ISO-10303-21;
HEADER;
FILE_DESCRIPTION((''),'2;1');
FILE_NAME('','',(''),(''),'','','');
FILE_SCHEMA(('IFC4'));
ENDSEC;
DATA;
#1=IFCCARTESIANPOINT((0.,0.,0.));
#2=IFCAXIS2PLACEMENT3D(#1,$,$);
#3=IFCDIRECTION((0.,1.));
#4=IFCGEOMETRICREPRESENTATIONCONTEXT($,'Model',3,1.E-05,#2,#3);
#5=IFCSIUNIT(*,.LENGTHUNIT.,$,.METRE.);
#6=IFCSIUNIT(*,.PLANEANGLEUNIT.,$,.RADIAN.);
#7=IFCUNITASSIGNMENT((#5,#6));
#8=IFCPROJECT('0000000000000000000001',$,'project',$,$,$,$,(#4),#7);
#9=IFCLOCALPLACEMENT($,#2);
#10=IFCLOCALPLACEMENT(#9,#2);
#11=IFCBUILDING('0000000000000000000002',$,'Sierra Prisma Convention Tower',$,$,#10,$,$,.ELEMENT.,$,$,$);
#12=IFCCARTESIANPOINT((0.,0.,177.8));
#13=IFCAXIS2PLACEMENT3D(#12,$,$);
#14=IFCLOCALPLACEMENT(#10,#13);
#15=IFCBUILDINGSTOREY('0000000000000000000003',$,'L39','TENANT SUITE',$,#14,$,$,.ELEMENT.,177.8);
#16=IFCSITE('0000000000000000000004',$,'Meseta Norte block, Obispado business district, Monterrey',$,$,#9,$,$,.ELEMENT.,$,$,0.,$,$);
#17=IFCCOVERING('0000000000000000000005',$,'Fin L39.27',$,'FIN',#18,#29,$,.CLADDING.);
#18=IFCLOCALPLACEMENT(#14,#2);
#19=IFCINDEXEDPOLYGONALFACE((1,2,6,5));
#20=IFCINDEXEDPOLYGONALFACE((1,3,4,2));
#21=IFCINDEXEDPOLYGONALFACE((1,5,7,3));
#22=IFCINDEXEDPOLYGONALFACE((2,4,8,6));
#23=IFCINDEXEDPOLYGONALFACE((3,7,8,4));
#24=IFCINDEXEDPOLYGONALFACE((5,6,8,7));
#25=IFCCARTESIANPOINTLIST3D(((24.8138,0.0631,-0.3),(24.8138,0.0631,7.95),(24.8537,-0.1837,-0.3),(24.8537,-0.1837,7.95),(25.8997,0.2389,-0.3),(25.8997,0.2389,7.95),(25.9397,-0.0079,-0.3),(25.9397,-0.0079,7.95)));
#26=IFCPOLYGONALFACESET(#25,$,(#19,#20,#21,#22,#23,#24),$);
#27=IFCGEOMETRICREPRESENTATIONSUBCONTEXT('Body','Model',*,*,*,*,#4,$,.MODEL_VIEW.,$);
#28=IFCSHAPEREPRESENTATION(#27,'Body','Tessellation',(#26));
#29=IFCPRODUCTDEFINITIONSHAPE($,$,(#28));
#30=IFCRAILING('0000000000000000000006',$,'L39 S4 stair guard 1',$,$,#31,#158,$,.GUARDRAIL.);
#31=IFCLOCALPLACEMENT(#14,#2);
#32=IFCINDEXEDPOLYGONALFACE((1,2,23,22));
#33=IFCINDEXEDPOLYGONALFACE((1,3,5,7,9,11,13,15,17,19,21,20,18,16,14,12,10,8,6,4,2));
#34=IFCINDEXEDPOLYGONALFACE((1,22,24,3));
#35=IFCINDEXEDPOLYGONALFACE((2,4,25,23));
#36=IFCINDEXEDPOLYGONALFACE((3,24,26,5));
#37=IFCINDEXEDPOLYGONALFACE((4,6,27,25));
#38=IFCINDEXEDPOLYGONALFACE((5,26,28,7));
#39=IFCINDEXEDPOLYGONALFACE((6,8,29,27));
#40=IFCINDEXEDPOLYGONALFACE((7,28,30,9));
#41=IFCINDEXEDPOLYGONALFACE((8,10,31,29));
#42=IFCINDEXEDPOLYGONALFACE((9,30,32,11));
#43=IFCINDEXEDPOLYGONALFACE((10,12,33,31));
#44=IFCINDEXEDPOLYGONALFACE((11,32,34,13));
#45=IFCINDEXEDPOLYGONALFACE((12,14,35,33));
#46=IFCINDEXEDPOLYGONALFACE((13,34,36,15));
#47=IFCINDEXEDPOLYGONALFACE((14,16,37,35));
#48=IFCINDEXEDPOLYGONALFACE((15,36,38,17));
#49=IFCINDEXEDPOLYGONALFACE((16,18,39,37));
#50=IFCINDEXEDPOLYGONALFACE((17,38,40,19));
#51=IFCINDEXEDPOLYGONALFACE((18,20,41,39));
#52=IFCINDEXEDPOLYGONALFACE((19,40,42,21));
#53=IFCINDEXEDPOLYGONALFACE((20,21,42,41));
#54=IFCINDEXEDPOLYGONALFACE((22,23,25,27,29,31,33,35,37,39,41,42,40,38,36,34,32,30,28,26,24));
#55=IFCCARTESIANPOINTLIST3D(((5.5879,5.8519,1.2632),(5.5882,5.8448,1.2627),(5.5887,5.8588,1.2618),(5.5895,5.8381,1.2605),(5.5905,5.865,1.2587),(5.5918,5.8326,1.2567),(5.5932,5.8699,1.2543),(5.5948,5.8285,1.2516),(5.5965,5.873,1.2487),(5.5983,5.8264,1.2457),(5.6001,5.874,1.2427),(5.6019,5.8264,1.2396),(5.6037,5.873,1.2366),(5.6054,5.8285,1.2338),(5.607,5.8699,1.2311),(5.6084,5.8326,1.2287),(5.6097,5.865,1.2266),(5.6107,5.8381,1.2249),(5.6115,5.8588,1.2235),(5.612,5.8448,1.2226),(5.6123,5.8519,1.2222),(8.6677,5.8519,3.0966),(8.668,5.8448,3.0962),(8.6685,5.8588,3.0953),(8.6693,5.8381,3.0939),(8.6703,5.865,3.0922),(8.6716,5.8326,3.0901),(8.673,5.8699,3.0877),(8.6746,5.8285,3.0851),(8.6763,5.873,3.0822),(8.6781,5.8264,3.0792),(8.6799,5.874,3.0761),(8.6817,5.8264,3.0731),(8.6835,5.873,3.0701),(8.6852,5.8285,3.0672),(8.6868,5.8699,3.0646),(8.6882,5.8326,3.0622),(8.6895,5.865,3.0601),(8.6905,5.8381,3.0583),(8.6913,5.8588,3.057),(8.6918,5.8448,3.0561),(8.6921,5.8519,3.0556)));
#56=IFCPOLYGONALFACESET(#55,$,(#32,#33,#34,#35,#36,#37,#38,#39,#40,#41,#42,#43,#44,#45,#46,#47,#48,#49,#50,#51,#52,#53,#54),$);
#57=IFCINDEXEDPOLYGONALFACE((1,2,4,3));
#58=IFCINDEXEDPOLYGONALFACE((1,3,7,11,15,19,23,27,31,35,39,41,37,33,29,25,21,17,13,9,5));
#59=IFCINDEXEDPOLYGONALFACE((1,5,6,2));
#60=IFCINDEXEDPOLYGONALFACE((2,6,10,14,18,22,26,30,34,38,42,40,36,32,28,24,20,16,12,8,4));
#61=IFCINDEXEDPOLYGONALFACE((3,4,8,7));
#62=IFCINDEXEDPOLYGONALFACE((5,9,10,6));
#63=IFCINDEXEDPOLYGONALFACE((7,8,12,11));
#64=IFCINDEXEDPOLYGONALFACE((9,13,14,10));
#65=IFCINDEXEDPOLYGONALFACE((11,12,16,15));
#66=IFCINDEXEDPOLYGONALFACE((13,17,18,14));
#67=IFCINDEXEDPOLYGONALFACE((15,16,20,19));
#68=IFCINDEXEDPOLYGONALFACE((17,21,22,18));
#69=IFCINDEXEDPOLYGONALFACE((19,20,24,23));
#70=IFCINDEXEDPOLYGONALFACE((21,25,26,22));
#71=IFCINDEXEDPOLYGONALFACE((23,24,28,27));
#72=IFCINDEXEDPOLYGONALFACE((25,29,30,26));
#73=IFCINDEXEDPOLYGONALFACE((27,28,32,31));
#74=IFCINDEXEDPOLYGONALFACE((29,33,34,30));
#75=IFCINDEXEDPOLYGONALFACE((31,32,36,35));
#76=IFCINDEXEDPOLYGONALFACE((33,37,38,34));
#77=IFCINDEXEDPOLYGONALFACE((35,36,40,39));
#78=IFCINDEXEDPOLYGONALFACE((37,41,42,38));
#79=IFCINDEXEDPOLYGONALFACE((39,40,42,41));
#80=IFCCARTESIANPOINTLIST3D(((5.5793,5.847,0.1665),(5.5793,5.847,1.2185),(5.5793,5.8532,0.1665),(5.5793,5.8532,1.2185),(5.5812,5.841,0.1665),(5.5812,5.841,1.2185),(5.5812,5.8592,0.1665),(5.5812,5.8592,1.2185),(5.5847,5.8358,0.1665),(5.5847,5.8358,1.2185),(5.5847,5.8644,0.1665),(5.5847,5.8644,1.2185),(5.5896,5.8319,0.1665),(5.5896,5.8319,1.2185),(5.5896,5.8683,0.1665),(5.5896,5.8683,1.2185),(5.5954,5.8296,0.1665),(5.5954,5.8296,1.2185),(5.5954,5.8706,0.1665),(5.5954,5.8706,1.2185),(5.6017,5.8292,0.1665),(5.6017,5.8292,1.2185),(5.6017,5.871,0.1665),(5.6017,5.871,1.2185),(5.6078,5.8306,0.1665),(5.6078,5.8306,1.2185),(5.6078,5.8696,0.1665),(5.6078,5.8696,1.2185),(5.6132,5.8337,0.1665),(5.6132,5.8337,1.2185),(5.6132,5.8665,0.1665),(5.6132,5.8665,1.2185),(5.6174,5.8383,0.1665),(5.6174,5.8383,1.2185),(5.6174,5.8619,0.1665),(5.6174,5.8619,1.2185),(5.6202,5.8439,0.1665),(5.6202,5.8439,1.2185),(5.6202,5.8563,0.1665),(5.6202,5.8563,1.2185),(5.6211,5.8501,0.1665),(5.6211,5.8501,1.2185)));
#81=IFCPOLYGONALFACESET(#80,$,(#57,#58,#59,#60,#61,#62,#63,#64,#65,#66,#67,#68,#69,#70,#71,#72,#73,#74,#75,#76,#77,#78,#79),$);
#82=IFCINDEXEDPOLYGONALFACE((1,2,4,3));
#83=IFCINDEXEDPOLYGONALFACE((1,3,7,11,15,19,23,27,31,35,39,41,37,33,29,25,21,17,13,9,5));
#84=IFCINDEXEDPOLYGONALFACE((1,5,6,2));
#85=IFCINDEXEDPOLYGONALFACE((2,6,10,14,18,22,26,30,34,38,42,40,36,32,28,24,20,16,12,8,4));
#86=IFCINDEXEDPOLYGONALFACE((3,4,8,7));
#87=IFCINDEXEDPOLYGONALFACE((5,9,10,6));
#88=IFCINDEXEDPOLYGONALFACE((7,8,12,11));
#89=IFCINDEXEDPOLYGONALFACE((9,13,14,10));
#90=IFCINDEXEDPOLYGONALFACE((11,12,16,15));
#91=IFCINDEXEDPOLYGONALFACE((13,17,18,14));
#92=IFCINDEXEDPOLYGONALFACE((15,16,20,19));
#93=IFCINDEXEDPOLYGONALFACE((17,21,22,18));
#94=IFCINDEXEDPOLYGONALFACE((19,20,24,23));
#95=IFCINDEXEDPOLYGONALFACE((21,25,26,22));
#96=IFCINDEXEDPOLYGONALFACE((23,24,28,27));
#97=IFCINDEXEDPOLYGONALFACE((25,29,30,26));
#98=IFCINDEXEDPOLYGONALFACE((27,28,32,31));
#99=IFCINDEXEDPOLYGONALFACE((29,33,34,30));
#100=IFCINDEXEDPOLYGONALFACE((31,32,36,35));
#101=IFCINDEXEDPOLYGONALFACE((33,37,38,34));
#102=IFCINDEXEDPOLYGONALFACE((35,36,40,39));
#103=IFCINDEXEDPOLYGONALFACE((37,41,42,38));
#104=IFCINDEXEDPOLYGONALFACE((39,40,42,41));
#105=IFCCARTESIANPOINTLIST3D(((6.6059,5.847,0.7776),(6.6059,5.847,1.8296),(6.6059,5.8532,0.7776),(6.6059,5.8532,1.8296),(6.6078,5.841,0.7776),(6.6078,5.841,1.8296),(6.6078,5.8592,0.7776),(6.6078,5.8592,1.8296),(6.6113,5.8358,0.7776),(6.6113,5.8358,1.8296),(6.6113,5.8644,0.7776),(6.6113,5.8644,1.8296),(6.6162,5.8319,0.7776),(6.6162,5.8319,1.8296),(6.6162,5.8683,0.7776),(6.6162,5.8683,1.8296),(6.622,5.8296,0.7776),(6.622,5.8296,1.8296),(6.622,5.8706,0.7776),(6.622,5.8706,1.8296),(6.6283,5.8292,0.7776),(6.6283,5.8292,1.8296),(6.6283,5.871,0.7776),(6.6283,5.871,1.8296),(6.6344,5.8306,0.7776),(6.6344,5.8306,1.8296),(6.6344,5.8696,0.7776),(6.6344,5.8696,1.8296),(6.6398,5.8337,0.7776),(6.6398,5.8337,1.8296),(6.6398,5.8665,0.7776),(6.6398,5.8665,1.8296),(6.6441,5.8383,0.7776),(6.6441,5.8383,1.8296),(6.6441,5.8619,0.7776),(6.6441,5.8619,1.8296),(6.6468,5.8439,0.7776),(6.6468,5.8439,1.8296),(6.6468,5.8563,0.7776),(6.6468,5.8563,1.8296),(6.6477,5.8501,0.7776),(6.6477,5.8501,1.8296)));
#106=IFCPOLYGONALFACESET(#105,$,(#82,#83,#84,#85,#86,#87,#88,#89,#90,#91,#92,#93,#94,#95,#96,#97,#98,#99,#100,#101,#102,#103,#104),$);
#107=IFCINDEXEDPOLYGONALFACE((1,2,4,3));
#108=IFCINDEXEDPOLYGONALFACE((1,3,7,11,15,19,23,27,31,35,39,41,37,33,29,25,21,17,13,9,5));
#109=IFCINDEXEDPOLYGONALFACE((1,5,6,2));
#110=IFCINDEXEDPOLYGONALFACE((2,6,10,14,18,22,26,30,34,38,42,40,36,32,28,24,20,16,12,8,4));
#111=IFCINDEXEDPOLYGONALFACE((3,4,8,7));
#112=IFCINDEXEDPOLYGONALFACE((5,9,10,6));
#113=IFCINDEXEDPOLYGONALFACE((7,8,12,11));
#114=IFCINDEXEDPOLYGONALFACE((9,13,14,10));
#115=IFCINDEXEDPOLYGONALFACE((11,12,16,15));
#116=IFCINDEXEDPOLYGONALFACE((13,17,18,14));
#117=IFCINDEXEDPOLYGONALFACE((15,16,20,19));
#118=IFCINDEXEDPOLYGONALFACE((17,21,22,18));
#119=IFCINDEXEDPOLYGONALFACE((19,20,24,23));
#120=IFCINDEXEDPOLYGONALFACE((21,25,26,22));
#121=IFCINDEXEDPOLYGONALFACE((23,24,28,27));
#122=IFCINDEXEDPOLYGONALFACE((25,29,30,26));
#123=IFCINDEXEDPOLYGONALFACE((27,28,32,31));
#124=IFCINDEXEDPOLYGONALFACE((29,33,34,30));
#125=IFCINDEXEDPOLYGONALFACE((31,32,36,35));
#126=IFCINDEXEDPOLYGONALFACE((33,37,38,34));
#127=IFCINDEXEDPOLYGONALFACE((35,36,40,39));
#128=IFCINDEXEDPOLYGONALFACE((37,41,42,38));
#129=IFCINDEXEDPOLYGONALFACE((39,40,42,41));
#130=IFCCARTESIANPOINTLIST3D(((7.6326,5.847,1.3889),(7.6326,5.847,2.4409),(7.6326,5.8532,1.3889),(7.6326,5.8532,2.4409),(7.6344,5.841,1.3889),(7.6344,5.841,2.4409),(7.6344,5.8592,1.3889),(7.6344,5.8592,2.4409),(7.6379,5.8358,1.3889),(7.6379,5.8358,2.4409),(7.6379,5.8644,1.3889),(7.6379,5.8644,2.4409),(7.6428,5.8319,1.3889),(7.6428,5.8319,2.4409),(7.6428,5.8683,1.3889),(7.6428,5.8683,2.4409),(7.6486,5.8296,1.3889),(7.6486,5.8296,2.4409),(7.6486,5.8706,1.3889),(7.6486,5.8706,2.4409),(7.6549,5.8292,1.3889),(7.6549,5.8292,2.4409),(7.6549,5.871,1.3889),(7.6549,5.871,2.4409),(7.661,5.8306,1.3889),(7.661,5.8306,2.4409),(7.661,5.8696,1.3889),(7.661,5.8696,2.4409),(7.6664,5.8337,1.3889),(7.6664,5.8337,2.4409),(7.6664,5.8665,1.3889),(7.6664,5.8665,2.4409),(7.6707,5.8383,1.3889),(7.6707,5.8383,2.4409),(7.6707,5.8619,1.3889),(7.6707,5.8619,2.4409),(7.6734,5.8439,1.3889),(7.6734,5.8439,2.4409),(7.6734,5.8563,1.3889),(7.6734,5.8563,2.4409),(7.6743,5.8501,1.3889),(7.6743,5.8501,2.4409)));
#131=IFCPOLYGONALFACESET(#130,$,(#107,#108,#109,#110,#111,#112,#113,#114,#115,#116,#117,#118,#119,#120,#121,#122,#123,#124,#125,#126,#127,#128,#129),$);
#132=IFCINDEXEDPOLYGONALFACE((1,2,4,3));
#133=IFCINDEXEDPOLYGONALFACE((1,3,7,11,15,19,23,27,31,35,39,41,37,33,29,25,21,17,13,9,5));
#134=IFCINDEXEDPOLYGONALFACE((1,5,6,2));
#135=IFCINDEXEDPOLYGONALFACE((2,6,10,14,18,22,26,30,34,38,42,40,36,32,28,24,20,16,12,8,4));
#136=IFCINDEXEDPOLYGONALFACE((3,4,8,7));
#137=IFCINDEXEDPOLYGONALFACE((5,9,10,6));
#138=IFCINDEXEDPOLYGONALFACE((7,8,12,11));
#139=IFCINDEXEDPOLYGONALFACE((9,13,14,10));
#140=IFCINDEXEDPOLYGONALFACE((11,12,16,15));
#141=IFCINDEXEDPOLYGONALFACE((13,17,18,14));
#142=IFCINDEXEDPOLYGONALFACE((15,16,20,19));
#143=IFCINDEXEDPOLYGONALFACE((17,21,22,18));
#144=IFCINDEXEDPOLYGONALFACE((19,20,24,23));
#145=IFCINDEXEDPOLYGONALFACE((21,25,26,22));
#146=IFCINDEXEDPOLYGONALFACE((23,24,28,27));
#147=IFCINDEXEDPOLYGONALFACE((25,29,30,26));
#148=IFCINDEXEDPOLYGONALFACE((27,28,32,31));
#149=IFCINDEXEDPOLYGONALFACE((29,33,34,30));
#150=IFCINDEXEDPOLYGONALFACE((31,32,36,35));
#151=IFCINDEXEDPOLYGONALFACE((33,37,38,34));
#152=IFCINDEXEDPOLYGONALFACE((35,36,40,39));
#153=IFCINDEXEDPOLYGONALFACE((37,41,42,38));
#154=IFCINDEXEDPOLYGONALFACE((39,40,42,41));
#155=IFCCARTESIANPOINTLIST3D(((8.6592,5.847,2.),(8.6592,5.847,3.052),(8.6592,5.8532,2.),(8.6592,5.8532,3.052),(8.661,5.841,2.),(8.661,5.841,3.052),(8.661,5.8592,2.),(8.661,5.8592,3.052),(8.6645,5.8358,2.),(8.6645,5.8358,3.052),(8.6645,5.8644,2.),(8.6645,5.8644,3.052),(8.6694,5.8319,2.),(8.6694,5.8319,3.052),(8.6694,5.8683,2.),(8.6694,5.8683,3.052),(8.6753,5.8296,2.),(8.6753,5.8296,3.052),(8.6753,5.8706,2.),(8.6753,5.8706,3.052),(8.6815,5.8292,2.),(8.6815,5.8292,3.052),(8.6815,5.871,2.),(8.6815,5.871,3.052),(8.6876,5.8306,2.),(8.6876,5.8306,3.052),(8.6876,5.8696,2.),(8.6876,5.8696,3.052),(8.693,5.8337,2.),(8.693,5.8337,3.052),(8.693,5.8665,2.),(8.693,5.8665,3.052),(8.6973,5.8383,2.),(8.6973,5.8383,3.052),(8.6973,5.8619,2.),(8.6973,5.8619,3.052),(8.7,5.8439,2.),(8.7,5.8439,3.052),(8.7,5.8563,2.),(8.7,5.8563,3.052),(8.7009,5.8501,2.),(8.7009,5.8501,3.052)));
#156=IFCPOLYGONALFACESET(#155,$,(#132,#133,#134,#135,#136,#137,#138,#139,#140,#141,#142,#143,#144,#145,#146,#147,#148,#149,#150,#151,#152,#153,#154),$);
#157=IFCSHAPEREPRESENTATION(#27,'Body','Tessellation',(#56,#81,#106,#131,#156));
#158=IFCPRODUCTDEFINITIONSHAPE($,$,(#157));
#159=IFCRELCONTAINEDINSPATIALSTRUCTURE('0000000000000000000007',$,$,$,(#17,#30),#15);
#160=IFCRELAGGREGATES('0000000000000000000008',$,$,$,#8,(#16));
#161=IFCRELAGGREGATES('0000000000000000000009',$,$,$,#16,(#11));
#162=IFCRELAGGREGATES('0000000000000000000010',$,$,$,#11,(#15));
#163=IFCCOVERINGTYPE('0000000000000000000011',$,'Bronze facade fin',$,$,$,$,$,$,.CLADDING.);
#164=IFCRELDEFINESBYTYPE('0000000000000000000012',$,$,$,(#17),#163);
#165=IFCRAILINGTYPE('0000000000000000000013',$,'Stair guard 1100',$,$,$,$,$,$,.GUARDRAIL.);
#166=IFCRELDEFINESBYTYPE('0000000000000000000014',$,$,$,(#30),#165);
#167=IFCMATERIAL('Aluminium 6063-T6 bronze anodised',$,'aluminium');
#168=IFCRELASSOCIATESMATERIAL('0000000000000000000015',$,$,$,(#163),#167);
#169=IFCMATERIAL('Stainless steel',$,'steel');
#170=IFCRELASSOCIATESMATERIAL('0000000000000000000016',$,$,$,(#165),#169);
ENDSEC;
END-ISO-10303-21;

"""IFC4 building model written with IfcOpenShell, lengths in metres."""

from ifc_helpers import new_model, si_unit, direction, frame, origin, origin_2d, place, context, subcontext, project, spatial, rectangle, circle, extrude, material, material_profile, profile_set, type_object, element, save


model = new_model("IFC4")

# Units and contexts
model_context = context("Model", 3, precision=1e-05, world=origin(), true_north=direction((0.0, 1.0)))
body_context = subcontext(model_context, "Body", "Model", "MODEL_VIEW")
ifc_project = project(units=[si_unit("LENGTHUNIT", "METRE"), si_unit("PLANEANGLEUNIT", "RADIAN")], contexts=[model_context])

# Site, building, storey
site_placement = place(None, origin())
site = spatial("IfcSite", under=ifc_project, at=site_placement, Name="Meseta Norte block, Obispado business district, Monterrey", CompositionType="ELEMENT", RefElevation=0.0)
building_placement = place(site_placement, origin())
building = spatial("IfcBuilding", under=site, at=building_placement, Name="Sierra Prisma Convention Tower", CompositionType="ELEMENT")
storey_placement = place(building_placement, frame((0.0, 0.0, 177.8)))
storey = spatial("IfcBuildingStorey", under=building, at=storey_placement, Name="L39", Description="TENANT SUITE", CompositionType="ELEMENT", Elevation=177.8)

# Covering
ifc_material_1 = material(Name="Aluminium 6063-T6 bronze anodised", Category="aluminium")
ifc_material_profile_1 = material_profile(ifc_material_1, rectangle(XDim=1.1001, YDim=0.25, at=origin_2d()), Name="ALU FIN 1100x250")
ifc_profile_set_1 = profile_set([ifc_material_profile_1], Name="Aluminium 6063-T6 bronze anodised")
covering_type = type_object("IfcCoveringType", Name="Bronze facade fin", PredefinedType="CLADDING", material=ifc_profile_set_1)
covering_placement = place(storey_placement, frame((25.3767, 0.0276, -0.3), z_axis=(0.0, 0.0, 1.0), x_axis=(0.98715, 0.159795, 0.0)))
element("IfcCovering", 1, at=covering_placement, inside=storey, type_object=covering_type, Name="Fin L39.27", ObjectType="FIN", PredefinedType="CLADDING", context=body_context, shape_type="SweptSolid", body=[
    extrude(rectangle(XDim=1.1001, YDim=0.25, at=origin_2d()), origin(), (0.0, 0.0, 1.0), 8.25),
])

# Railing
ifc_material_2 = material(Name="Stainless steel", Category="steel")
railing_type = type_object("IfcRailingType", Name="Stair guard 1100", PredefinedType="GUARDRAIL", material=ifc_material_2)
railing_1_placement = place(storey_placement, frame((5.6001, 5.8501, 0.1665)))
element("IfcRailing", 2, at=railing_1_placement, inside=storey, type_object=railing_type, Name="L39 S4 stair guard 1", PredefinedType="GUARDRAIL", context=body_context, shape_type="SweptSolid", body=[
    extrude(circle(Radius=0.0239, at=origin_2d()), frame((0.0, 0.0, 1.0762), z_axis=(0.859261, 0.0, 0.511538), x_axis=(0.0, 1.0, 0.0)), (0.0, 0.0, 1.0), 3.5842),
    extrude(circle(Radius=0.021, at=origin_2d()), origin(), (0.0, 0.0, 1.0), 1.052),
    extrude(circle(Radius=0.021, at=origin_2d()), frame((1.0266, 0.0, 0.6111)), (0.0, 0.0, 1.0), 1.052),
    extrude(circle(Radius=0.021, at=origin_2d()), frame((2.0532, 0.0, 1.2224)), (0.0, 0.0, 1.0), 1.052),
    extrude(circle(Radius=0.021, at=origin_2d()), frame((3.0798, 0.0, 1.8335)), (0.0, 0.0, 1.0), 1.052),
])

save(model, "model.ifc")
